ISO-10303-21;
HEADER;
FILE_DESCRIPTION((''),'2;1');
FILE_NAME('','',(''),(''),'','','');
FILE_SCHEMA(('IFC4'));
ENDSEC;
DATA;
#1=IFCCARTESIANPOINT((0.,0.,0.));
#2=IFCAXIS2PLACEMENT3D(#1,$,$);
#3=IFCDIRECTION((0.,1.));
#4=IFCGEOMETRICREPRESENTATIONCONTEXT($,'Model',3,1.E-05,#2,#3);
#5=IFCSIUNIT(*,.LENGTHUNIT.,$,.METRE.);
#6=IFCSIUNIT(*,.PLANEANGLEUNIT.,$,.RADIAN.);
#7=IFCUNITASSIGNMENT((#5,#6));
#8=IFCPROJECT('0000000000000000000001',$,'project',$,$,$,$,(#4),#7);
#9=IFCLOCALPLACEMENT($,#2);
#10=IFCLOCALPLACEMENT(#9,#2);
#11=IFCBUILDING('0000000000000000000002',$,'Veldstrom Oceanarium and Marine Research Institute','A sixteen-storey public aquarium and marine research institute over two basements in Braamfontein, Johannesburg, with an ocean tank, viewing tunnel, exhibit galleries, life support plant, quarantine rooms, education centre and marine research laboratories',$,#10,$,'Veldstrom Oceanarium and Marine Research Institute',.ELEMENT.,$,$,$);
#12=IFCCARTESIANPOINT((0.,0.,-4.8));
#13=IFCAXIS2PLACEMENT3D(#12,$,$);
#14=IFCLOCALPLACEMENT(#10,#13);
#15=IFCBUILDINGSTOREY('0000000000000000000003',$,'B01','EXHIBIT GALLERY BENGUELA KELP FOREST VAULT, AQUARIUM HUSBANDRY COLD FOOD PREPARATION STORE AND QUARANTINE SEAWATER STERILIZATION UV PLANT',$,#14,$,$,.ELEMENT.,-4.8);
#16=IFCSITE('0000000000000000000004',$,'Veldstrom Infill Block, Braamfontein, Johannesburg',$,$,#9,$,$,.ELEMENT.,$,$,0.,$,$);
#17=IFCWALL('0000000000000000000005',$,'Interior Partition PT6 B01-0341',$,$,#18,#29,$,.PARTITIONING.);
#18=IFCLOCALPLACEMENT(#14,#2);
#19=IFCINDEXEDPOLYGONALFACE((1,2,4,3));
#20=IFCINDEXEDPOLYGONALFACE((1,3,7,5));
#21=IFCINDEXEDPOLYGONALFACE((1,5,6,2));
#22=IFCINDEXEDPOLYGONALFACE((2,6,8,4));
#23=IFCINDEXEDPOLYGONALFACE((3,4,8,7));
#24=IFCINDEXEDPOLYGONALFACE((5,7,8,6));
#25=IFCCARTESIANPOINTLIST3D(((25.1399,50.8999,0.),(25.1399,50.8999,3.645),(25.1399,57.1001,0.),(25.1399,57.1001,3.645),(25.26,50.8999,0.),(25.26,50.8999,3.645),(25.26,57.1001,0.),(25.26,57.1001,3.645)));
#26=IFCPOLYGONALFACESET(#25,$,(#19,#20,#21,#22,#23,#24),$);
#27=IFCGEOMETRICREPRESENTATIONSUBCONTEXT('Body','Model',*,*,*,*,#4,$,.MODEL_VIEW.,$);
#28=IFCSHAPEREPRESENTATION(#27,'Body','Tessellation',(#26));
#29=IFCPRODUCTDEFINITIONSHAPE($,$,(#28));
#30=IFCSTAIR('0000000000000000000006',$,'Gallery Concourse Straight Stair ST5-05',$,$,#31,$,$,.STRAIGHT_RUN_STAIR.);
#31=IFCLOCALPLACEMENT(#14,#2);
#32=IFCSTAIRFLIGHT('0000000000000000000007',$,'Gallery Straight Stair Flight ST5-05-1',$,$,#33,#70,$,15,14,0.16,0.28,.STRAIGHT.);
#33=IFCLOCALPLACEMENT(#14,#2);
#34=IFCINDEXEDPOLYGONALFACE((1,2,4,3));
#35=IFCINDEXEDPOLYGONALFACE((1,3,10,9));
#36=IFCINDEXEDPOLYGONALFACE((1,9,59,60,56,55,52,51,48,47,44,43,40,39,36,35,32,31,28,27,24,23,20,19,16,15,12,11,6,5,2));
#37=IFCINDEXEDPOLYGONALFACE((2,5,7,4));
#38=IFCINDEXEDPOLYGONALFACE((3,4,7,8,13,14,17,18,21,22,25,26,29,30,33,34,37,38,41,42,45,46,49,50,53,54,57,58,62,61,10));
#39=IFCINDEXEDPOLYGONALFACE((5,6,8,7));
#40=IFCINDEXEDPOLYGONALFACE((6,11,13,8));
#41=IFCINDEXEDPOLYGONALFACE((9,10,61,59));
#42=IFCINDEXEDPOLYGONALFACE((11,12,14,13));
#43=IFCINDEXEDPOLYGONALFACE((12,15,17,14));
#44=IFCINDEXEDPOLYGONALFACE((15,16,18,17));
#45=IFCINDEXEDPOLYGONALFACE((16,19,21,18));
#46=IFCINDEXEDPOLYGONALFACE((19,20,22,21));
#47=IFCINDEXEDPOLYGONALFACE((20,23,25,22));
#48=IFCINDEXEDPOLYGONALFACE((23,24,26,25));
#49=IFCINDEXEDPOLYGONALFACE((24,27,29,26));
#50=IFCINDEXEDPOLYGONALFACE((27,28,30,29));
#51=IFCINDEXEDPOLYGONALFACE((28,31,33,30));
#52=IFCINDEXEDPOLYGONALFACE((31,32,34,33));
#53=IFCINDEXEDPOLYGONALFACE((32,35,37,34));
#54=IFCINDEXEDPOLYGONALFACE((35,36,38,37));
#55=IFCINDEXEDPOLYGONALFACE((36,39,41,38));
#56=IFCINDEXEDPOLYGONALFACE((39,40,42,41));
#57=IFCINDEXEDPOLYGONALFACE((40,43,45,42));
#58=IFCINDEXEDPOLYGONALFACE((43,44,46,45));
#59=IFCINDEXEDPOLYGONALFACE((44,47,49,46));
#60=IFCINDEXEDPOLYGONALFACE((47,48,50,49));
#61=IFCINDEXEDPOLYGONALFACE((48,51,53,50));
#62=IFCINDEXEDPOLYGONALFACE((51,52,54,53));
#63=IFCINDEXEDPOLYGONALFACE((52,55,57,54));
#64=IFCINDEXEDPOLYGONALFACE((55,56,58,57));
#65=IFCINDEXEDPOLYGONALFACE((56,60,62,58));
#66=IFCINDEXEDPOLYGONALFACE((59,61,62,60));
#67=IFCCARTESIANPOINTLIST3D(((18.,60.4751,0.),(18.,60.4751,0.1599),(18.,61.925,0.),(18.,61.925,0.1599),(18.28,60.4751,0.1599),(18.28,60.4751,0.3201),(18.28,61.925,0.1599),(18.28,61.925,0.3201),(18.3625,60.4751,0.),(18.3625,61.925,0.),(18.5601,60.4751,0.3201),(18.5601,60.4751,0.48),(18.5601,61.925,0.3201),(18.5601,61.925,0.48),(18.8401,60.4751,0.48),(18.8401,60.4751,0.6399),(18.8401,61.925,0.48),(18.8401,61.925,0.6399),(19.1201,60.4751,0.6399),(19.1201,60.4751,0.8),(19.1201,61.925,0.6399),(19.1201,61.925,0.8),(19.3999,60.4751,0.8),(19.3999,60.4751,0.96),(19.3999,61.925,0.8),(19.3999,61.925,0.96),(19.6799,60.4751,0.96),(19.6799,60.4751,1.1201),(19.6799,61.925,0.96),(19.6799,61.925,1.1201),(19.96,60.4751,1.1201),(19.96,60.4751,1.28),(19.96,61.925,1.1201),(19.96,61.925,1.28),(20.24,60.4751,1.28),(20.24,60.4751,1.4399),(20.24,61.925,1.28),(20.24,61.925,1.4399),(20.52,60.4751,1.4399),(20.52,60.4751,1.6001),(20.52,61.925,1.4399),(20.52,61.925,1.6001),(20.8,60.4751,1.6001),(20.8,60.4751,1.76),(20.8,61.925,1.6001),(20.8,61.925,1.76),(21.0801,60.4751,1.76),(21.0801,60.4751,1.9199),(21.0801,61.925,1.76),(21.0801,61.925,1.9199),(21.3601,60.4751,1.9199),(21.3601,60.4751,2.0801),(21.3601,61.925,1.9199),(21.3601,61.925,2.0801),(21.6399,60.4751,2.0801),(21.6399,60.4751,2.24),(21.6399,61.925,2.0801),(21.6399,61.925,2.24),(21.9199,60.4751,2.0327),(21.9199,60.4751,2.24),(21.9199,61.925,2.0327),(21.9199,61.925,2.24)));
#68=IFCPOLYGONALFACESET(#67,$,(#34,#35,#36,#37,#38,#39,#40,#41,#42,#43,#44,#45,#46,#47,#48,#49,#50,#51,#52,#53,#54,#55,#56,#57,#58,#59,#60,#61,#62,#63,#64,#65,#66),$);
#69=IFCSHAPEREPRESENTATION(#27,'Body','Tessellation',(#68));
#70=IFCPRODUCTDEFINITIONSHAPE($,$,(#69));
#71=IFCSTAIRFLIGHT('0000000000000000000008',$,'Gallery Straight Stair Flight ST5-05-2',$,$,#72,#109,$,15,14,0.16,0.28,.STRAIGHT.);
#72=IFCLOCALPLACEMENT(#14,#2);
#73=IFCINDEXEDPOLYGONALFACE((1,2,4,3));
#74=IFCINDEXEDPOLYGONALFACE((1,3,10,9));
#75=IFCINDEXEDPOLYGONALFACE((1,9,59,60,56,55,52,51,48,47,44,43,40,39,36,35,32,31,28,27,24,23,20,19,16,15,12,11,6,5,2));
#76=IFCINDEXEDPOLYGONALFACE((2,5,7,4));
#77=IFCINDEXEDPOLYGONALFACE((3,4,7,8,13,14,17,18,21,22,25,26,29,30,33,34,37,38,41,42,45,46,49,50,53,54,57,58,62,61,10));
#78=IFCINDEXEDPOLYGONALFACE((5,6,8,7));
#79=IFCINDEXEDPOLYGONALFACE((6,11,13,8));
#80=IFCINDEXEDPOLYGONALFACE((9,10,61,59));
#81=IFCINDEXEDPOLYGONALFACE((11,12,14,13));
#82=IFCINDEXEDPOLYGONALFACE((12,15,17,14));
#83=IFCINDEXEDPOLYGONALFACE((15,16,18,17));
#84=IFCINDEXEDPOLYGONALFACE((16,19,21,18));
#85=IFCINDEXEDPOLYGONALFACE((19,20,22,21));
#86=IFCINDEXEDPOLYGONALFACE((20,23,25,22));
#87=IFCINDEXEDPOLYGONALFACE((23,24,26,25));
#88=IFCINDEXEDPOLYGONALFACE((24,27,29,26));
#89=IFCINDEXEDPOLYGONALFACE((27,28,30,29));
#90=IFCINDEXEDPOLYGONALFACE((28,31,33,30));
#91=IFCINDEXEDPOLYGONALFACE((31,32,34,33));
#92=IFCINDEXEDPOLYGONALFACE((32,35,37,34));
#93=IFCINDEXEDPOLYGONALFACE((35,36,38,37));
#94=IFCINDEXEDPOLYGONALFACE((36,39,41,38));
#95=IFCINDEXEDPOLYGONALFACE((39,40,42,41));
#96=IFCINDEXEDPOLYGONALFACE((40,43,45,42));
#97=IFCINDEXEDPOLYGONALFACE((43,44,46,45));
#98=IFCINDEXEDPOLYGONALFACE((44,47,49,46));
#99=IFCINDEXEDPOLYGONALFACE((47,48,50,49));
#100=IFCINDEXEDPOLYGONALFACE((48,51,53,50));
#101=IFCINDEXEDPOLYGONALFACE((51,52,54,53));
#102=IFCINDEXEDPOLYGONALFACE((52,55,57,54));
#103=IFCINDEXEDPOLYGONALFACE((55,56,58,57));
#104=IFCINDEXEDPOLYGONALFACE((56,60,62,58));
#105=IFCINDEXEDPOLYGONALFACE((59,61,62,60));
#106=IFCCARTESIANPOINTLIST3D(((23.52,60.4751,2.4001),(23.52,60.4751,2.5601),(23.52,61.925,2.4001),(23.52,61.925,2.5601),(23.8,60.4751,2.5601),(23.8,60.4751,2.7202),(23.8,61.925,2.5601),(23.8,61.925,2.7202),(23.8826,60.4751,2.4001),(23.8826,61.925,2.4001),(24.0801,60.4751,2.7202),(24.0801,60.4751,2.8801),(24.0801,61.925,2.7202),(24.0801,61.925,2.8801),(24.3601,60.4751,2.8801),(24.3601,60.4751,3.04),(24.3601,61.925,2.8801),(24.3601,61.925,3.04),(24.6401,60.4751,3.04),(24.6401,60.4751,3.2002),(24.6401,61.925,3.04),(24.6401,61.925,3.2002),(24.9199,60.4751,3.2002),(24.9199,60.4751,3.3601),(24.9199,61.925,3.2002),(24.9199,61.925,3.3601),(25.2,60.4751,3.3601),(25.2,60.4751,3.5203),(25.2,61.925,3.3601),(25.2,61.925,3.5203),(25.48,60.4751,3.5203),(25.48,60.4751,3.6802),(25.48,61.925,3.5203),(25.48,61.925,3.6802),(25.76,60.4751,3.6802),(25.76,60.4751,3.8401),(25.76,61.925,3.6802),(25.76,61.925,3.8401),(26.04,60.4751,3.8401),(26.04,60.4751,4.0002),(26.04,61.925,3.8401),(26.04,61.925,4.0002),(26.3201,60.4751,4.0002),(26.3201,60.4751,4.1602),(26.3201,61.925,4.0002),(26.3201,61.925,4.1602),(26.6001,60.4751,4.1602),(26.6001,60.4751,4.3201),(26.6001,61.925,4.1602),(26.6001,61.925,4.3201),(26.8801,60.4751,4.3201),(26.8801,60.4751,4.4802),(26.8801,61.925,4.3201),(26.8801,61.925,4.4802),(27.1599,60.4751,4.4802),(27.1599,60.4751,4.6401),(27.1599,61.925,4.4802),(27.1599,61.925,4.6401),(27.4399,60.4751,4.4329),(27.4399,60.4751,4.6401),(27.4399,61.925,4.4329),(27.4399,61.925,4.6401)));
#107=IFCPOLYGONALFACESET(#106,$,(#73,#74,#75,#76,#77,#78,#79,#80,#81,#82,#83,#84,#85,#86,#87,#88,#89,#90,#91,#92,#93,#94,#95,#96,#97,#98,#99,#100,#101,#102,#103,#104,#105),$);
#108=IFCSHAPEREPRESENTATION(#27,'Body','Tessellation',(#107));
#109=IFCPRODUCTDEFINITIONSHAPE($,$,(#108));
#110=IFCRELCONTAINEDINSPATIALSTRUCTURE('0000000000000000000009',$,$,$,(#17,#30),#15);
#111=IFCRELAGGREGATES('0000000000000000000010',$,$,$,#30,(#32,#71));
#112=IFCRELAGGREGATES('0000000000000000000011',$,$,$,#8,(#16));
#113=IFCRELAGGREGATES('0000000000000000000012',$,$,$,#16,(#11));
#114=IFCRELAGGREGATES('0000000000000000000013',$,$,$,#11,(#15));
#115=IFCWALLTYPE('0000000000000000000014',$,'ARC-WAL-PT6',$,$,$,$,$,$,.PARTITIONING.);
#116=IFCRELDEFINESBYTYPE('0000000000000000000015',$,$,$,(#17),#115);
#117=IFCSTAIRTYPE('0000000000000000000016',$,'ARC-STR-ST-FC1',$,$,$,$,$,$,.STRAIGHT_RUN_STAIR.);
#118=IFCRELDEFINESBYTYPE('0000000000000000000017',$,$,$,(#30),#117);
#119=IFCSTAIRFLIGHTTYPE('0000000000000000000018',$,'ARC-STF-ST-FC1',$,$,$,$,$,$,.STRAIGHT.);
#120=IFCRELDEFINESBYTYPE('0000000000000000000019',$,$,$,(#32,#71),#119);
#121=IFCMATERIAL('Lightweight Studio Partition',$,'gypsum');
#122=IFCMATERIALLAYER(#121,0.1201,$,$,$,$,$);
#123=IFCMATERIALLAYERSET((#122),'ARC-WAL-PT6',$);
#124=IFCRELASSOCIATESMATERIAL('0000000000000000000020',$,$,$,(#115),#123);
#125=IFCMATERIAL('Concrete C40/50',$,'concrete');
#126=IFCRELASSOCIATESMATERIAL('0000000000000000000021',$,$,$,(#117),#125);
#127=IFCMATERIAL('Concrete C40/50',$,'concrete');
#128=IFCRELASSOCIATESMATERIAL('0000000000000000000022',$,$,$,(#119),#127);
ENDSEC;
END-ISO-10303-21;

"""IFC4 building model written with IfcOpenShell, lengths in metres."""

from ifc_helpers import new_model, si_unit, direction, frame, frame_2d, origin, place, context, subcontext, project, spatial, polyline, rectangle, outline, extrude, material, layer, layer_set, type_object, element, aggregate, save


model = new_model("IFC4")

# Units and contexts
model_context = context("Model", 3, precision=1e-05, world=origin(), true_north=direction((0.0, 1.0)))
body_context = subcontext(model_context, "Body", "Model", "MODEL_VIEW")
ifc_project = project(units=[si_unit("LENGTHUNIT", "METRE"), si_unit("PLANEANGLEUNIT", "RADIAN")], contexts=[model_context])

# Site, building, storey
site_placement = place(None, origin())
site = spatial("IfcSite", under=ifc_project, at=site_placement, Name="Veldstrom Infill Block, Braamfontein, Johannesburg", CompositionType="ELEMENT", RefElevation=0.0)
building_placement = place(site_placement, origin())
building = spatial("IfcBuilding", under=site, at=building_placement, Name="Veldstrom Oceanarium and Marine Research Institute", Description="A sixteen-storey public aquarium and marine research institute over two basements in Braamfontein, Johannesburg, with an ocean tank, viewing tunnel, exhibit galleries, life support plant, quarantine rooms, education centre and marine research laboratories", LongName="Veldstrom Oceanarium and Marine Research Institute", CompositionType="ELEMENT")
storey_placement = place(building_placement, frame((0.0, 0.0, -4.8)))
storey = spatial("IfcBuildingStorey", under=building, at=storey_placement, Name="B01", Description="EXHIBIT GALLERY BENGUELA KELP FOREST VAULT, AQUARIUM HUSBANDRY COLD FOOD PREPARATION STORE AND QUARANTINE SEAWATER STERILIZATION UV PLANT", CompositionType="ELEMENT", Elevation=-4.8)

# Wall
ifc_material_1 = material(Name="Lightweight Studio Partition", Category="gypsum")
ifc_layer_1 = layer(ifc_material_1, 0.1201)
ifc_layer_set_1 = layer_set([ifc_layer_1], Name="ARC-WAL-PT6")
wall_type_1 = type_object("IfcWallType", Name="ARC-WAL-PT6", PredefinedType="PARTITIONING", material=ifc_layer_set_1)
wall_1_placement = place(storey_placement, frame((25.2, 50.8999, 0.0), z_axis=(0.0, 0.0, 1.0), x_axis=(0.0, 1.0, 0.0)))
element("IfcWall", 1, at=wall_1_placement, inside=storey, type_object=wall_type_1, Name="Interior Partition PT6 B01-0341", PredefinedType="PARTITIONING", context=body_context, shape_type="SweptSolid", body=[
    extrude(rectangle(XDim=6.2002, YDim=0.1201, at=frame_2d((3.1001, 0.0))), origin(), (0.0, 0.0, 1.0), 3.645),
])

# Stair, stair flights
ifc_material_2 = material(Name="Concrete C40/50", Category="concrete")
stair_type = type_object("IfcStairType", Name="ARC-STR-ST-FC1", PredefinedType="STRAIGHT_RUN_STAIR", material=ifc_material_2)
stair_placement = place(storey_placement, origin())
stair = element("IfcStair", 2, at=stair_placement, inside=storey, type_object=stair_type, Name="Gallery Concourse Straight Stair ST5-05", PredefinedType="STRAIGHT_RUN_STAIR")
ifc_material_3 = material(Name="Concrete C40/50", Category="concrete")
stair_flight_type = type_object("IfcStairFlightType", Name="ARC-STF-ST-FC1", PredefinedType="STRAIGHT", material=ifc_material_3)
stair_flight_1_placement = place(storey_placement, frame((18.0, 61.2, 0.0), z_axis=(0.0, 0.0, 1.0), x_axis=(1.0, 0.0, 0.0)))
stair_flight_1 = element("IfcStairFlight", 3, at=stair_flight_1_placement, type_object=stair_flight_type, Name="Gallery Straight Stair Flight ST5-05-1", NumberOfRisers=15, NumberOfTreads=14, PredefinedType="STRAIGHT", RiserHeight=0.16, TreadLength=0.28, context=body_context, shape_type="SweptSolid", body=[
    extrude(outline(polyline([(0.0, 0.0), (0.0, 0.1599), (0.28, 0.1599), (0.28, 0.3201), (0.5601, 0.3201), (0.5601, 0.48), (0.8401, 0.48), (0.8401, 0.6399), (1.1201, 0.6399), (1.1201, 0.8), (1.3999, 0.8), (1.3999, 0.96), (1.6799, 0.96), (1.6799, 1.1201), (1.96, 1.1201), (1.96, 1.28), (2.24, 1.28), (2.24, 1.4399), (2.52, 1.4399), (2.52, 1.6001), (2.8, 1.6001), (2.8, 1.76), (3.0801, 1.76), (3.0801, 1.9199), (3.3601, 1.9199), (3.3601, 2.0801), (3.6399, 2.0801), (3.6399, 2.24), (3.9199, 2.24), (3.9199, 2.3999), (3.9199, 2.0327), (0.3625, 0.0), (0.0, 0.0)])), frame((0.0, 0.7251, 0.0), z_axis=(0.0, -1.0, 0.0), x_axis=(1.0, 0.0, 0.0)), (0.0, 0.0, 1.0), 1.45),
])
stair_flight_2_placement = place(storey_placement, frame((23.52, 61.2, 2.4001), z_axis=(0.0, 0.0, 1.0), x_axis=(1.0, 0.0, 0.0)))
stair_flight_2 = element("IfcStairFlight", 4, at=stair_flight_2_placement, type_object=stair_flight_type, Name="Gallery Straight Stair Flight ST5-05-2", NumberOfRisers=15, NumberOfTreads=14, PredefinedType="STRAIGHT", RiserHeight=0.16, TreadLength=0.28, context=body_context, shape_type="SweptSolid", body=[
    extrude(outline(polyline([(0.0, 0.0), (0.0, 0.1599), (0.28, 0.1599), (0.28, 0.3201), (0.5601, 0.3201), (0.5601, 0.48), (0.8401, 0.48), (0.8401, 0.6399), (1.1201, 0.6399), (1.1201, 0.8), (1.3999, 0.8), (1.3999, 0.96), (1.6799, 0.96), (1.6799, 1.1201), (1.96, 1.1201), (1.96, 1.28), (2.24, 1.28), (2.24, 1.4399), (2.52, 1.4399), (2.52, 1.6001), (2.8, 1.6001), (2.8, 1.76), (3.0801, 1.76), (3.0801, 1.9199), (3.3601, 1.9199), (3.3601, 2.0801), (3.6399, 2.0801), (3.6399, 2.24), (3.9199, 2.24), (3.9199, 2.3999), (3.9199, 2.0327), (0.3625, 0.0), (0.0, 0.0)])), frame((0.0, 0.7251, 0.0), z_axis=(0.0, -1.0, 0.0), x_axis=(1.0, 0.0, 0.0)), (0.0, 0.0, 1.0), 1.45),
])
aggregate(stair, [stair_flight_1, stair_flight_2])

save(model, "model.ifc")
